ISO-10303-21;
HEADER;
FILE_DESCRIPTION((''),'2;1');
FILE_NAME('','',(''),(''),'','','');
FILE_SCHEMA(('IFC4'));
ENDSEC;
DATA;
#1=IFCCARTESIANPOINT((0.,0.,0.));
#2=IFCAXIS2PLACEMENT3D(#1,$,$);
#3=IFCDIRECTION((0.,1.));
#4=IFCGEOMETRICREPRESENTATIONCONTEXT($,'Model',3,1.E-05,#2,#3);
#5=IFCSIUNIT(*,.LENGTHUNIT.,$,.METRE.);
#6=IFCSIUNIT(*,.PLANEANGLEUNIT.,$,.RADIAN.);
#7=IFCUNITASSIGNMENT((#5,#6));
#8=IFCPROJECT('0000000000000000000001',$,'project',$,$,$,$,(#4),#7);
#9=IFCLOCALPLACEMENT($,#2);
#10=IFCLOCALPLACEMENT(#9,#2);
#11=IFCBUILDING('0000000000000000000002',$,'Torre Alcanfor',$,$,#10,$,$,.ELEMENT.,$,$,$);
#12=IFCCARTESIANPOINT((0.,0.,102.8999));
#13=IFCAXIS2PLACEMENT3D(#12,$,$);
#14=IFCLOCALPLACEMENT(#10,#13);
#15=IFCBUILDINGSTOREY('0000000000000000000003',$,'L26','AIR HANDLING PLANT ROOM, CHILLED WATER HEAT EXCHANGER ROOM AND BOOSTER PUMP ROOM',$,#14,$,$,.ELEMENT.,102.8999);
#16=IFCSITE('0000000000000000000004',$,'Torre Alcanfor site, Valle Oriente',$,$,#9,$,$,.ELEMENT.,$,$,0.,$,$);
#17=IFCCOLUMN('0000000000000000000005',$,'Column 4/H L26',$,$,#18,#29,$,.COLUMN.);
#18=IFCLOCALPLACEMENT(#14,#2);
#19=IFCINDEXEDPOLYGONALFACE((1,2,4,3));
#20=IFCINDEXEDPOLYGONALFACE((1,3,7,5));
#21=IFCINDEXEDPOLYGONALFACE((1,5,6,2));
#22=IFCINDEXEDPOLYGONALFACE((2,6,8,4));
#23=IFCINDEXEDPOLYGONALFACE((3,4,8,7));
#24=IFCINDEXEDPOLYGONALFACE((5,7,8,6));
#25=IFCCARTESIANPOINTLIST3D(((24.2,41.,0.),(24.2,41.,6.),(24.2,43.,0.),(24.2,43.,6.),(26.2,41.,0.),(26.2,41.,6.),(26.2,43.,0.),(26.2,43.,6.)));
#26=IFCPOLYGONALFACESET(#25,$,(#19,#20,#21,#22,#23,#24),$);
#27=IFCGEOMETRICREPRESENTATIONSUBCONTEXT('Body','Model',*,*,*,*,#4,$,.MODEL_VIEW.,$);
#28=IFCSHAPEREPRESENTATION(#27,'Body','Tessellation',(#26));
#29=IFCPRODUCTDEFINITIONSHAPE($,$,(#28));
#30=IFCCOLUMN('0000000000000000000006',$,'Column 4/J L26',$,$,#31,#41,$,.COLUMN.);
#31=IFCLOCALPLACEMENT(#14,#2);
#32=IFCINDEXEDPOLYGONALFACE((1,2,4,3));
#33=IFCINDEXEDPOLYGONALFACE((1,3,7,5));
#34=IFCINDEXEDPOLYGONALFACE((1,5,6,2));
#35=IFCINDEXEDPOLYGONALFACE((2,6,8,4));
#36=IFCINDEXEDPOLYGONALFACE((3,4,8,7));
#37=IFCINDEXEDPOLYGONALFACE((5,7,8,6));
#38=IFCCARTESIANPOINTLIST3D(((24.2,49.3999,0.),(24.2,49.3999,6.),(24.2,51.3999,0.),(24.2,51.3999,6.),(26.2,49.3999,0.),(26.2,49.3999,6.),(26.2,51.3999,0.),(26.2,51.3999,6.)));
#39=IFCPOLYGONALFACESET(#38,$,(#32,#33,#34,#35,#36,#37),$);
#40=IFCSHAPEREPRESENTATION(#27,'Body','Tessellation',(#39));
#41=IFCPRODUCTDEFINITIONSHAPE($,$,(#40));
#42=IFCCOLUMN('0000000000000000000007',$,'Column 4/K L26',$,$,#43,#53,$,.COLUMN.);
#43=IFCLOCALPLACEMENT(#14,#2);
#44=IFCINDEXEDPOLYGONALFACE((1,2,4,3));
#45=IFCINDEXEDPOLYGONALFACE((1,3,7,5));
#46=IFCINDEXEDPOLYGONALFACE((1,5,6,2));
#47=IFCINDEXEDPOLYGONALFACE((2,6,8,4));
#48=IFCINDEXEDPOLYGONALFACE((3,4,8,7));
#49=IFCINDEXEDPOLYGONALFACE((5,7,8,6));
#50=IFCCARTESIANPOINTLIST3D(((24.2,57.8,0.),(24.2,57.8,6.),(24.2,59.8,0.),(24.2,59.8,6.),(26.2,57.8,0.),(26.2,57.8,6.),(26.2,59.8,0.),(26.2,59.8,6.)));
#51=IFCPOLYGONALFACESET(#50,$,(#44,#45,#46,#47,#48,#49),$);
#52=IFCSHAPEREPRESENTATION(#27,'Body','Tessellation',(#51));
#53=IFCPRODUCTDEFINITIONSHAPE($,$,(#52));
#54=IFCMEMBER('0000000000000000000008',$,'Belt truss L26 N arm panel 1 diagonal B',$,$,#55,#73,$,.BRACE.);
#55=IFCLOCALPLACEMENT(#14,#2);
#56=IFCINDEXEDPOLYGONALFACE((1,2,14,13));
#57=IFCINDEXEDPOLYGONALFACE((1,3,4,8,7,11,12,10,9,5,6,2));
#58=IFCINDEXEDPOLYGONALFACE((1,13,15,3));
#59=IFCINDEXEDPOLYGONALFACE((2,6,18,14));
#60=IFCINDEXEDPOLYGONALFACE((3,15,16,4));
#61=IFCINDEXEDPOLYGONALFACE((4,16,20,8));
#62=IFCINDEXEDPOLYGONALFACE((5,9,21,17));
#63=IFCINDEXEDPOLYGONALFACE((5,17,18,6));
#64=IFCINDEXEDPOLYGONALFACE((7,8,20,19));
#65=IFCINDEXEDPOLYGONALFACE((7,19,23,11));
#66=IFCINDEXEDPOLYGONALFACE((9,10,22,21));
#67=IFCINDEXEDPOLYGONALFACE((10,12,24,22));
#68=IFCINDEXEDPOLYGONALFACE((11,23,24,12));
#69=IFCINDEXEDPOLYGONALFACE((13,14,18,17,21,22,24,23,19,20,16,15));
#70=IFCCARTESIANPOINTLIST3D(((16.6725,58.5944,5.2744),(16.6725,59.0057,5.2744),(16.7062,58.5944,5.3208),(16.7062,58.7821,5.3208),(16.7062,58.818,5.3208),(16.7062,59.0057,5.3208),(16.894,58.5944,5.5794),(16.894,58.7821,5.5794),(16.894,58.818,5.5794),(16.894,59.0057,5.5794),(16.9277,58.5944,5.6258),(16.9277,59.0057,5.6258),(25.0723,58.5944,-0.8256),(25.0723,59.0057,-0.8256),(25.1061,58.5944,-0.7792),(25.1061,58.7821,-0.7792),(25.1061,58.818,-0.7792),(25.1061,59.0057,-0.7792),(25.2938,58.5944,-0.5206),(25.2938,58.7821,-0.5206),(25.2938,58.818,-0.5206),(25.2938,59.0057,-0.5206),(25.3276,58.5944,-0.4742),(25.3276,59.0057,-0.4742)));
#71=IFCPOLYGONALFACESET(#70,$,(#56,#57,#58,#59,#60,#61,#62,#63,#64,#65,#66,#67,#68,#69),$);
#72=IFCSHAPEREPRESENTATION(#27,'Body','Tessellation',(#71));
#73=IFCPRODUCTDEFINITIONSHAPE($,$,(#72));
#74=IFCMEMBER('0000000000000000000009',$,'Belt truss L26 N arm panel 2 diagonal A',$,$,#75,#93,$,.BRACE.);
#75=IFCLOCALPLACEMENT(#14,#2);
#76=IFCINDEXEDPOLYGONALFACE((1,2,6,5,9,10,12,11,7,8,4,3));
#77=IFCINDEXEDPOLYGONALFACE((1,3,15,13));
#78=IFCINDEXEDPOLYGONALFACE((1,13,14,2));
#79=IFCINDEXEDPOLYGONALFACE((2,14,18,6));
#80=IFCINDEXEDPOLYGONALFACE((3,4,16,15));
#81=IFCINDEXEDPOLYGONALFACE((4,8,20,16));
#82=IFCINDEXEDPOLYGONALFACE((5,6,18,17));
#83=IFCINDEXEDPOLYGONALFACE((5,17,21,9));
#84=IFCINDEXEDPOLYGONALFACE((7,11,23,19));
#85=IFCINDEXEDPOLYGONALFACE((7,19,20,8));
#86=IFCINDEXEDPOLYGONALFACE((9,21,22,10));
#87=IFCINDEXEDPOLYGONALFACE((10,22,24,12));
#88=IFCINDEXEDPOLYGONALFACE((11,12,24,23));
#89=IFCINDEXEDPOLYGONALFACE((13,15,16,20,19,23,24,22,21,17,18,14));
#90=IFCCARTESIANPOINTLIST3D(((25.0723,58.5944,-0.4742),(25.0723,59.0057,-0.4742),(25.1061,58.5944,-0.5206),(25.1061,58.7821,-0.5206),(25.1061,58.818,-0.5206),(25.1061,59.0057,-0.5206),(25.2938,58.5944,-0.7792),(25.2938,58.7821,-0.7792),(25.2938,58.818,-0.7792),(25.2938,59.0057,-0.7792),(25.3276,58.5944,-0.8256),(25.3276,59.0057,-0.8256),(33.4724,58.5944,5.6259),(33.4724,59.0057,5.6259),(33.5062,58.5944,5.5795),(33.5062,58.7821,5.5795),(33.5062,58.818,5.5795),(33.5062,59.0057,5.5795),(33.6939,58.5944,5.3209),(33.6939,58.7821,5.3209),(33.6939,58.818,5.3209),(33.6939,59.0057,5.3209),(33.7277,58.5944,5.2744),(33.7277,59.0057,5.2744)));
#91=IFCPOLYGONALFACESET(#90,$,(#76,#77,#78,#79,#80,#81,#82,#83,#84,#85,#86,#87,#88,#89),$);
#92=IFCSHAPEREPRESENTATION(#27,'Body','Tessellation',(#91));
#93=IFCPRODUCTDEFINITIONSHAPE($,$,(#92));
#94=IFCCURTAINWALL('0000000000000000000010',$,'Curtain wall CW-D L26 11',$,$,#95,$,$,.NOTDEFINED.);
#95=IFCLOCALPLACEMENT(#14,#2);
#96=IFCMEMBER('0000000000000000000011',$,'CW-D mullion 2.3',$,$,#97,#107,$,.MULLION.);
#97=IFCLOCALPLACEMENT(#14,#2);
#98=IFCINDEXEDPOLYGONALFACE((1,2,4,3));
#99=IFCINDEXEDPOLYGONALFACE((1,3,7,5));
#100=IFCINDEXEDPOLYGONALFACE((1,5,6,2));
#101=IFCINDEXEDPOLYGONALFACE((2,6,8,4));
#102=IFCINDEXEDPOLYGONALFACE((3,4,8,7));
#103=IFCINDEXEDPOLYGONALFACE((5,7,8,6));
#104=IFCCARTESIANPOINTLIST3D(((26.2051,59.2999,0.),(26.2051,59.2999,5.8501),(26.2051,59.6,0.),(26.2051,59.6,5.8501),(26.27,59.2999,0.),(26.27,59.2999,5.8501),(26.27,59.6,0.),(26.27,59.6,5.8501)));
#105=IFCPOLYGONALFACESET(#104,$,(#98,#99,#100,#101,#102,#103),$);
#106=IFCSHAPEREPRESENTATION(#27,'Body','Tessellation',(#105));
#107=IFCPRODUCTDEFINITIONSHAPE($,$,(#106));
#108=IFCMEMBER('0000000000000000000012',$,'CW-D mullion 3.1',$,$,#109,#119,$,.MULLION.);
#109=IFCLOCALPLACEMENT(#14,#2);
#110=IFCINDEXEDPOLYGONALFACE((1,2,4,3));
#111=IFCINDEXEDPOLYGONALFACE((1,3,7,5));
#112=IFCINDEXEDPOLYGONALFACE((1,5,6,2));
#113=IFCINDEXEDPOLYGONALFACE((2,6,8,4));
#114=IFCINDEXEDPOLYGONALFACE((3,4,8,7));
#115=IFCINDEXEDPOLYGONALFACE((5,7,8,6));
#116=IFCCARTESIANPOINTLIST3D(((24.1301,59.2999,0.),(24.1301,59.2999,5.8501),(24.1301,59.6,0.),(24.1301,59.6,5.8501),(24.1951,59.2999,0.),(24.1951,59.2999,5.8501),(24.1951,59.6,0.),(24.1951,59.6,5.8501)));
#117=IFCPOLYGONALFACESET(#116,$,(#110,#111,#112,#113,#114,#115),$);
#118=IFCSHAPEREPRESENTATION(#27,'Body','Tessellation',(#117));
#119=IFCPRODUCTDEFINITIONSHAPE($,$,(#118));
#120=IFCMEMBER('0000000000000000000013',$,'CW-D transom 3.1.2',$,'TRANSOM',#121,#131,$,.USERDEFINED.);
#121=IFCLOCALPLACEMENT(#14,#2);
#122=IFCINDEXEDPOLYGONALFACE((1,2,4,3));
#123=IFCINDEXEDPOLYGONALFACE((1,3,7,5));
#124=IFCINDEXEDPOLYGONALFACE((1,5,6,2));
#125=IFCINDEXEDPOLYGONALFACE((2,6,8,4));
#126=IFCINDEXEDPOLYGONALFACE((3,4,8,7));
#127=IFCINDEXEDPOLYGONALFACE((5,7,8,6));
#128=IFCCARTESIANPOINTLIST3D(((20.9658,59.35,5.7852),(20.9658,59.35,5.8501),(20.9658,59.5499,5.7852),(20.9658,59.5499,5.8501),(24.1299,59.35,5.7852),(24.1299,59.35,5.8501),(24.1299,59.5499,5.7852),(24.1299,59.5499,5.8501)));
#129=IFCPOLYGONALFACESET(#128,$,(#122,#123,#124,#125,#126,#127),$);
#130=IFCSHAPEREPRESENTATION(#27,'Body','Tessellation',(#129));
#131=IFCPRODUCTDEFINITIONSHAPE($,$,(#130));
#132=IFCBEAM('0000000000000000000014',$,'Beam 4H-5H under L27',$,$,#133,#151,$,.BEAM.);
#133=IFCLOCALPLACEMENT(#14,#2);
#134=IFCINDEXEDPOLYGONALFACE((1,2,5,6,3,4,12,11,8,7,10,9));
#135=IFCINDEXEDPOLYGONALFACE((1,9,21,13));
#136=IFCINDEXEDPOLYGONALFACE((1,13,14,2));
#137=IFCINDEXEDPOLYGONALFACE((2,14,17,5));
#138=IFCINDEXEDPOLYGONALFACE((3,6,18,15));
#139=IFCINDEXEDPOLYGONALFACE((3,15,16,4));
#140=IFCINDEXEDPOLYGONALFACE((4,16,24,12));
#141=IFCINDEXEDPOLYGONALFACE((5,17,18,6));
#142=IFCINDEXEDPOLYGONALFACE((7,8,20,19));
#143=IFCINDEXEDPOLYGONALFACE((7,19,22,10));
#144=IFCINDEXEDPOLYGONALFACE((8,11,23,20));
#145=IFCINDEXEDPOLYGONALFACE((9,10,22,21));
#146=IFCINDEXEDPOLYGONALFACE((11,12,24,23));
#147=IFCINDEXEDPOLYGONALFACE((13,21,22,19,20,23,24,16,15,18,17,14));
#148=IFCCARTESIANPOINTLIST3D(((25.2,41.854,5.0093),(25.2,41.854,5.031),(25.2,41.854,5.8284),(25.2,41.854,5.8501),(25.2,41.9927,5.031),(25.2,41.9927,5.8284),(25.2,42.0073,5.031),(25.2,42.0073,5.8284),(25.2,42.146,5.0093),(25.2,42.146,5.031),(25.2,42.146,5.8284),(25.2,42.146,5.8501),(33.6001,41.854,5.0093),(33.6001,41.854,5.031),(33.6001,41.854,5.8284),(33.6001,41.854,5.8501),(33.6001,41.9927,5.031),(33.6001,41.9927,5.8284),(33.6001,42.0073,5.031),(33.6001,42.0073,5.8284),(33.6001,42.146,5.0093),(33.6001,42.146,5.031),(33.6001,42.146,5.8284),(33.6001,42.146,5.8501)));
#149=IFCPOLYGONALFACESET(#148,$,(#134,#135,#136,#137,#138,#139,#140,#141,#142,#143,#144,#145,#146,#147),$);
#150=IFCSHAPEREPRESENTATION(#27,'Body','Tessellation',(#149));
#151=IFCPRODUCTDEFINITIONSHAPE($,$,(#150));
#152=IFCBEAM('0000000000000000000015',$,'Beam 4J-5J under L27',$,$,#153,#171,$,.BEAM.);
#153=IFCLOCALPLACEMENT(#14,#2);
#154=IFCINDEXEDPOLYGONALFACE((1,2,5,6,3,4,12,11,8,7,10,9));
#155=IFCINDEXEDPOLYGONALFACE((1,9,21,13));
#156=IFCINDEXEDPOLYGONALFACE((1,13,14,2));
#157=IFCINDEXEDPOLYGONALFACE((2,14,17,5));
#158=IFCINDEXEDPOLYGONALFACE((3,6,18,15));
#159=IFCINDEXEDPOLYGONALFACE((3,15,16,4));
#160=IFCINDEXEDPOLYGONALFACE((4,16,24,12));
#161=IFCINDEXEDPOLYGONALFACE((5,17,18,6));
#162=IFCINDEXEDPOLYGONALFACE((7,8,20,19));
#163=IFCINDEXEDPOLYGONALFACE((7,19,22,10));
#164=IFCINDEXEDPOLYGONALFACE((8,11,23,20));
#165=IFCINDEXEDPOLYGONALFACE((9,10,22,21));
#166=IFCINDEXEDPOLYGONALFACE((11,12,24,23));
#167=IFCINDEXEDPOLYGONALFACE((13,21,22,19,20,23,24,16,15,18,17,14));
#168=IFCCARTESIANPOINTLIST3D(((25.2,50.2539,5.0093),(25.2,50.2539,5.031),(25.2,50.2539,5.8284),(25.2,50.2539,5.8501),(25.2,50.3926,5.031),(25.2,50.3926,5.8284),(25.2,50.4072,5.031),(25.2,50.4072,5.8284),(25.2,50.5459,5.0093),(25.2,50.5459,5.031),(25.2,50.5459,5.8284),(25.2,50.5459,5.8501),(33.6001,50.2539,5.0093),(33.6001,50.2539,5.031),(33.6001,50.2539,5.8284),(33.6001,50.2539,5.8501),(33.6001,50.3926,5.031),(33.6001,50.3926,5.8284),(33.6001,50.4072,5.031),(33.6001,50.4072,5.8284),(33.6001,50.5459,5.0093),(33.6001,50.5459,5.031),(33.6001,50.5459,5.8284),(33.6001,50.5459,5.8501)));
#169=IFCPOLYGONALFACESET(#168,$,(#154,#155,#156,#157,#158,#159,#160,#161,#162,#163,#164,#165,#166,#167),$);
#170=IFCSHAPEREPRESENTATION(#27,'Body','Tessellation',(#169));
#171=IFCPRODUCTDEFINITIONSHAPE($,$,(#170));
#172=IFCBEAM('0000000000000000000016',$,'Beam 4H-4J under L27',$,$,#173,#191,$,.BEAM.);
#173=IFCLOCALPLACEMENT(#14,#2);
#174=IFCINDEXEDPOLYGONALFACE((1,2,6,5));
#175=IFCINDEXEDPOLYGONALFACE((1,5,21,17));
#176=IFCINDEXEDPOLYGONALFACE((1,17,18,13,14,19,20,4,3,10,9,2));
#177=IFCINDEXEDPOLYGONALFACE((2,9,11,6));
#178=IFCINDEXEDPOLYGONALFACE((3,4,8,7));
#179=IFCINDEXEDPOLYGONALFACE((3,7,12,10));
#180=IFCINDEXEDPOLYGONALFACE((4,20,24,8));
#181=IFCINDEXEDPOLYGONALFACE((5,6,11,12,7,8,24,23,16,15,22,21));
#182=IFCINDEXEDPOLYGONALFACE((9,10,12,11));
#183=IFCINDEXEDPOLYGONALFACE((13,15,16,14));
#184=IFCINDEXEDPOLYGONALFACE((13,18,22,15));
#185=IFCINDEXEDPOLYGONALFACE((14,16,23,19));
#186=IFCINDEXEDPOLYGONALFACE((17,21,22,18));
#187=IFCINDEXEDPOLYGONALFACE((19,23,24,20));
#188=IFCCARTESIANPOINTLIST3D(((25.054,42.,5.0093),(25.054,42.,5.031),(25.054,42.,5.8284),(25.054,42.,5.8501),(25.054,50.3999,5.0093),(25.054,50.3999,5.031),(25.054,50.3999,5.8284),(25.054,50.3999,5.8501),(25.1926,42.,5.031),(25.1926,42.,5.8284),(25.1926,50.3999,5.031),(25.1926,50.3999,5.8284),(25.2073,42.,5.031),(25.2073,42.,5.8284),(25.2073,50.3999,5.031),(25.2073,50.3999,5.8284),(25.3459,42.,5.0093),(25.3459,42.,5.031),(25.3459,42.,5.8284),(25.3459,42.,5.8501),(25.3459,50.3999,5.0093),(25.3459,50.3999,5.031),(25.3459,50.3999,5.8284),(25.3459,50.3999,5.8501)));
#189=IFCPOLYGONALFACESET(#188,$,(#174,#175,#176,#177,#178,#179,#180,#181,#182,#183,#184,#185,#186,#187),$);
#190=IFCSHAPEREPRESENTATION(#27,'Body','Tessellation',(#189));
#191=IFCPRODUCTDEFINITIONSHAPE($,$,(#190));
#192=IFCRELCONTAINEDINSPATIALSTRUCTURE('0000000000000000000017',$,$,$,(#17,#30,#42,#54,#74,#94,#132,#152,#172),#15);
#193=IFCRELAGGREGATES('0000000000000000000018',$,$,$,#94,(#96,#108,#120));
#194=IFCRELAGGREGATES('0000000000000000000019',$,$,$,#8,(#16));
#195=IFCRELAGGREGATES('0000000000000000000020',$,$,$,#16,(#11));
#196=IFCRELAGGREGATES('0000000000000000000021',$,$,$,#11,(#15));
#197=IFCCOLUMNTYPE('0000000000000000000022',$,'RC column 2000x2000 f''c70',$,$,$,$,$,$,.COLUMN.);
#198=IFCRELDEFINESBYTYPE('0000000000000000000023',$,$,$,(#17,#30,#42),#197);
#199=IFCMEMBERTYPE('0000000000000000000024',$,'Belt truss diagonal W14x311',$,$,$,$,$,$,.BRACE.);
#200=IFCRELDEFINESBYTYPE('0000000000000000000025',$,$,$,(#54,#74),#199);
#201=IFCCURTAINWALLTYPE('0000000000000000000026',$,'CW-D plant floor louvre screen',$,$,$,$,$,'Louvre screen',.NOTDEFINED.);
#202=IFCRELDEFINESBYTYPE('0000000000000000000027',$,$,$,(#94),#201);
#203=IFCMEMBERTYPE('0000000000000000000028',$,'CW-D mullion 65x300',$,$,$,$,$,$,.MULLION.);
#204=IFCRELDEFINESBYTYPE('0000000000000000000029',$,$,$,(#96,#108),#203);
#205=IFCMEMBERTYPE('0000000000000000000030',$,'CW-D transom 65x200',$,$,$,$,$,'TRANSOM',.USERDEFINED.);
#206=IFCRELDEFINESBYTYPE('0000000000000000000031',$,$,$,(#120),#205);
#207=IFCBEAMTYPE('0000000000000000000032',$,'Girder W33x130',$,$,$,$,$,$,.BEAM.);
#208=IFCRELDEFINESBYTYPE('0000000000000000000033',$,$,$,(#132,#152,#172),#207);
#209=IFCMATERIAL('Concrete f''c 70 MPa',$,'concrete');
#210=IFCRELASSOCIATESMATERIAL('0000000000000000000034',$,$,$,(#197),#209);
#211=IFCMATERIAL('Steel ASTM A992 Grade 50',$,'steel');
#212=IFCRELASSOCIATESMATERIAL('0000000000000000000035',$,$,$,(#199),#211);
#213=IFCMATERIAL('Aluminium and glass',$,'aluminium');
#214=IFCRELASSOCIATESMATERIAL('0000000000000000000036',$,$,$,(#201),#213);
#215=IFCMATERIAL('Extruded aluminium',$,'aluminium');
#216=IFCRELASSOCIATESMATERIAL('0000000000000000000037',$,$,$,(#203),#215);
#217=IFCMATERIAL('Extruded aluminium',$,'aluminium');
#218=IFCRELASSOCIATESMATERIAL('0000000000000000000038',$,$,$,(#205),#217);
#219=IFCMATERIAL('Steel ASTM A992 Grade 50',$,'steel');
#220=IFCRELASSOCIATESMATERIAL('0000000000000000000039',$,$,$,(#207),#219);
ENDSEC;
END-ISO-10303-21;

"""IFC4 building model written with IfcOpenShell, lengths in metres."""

from ifc_helpers import new_model, si_unit, direction, frame, origin, origin_2d, place, context, subcontext, project, spatial, rectangle, i_section, extrude, material, material_profile, profile_set, type_object, element, aggregate, save


model = new_model("IFC4")

# Units and contexts
model_context = context("Model", 3, precision=1e-05, world=origin(), true_north=direction((0.0, 1.0)))
body_context = subcontext(model_context, "Body", "Model", "MODEL_VIEW")
ifc_project = project(units=[si_unit("LENGTHUNIT", "METRE"), si_unit("PLANEANGLEUNIT", "RADIAN")], contexts=[model_context])

# Site, building, storey
site_placement = place(None, origin())
site = spatial("IfcSite", under=ifc_project, at=site_placement, Name="Torre Alcanfor site, Valle Oriente", CompositionType="ELEMENT", RefElevation=0.0)
building_placement = place(site_placement, origin())
building = spatial("IfcBuilding", under=site, at=building_placement, Name="Torre Alcanfor", CompositionType="ELEMENT")
storey_placement = place(building_placement, frame((0.0, 0.0, 102.8999)))
storey = spatial("IfcBuildingStorey", under=building, at=storey_placement, Name="L26", Description="AIR HANDLING PLANT ROOM, CHILLED WATER HEAT EXCHANGER ROOM AND BOOSTER PUMP ROOM", CompositionType="ELEMENT", Elevation=102.8999)

# Columns
ifc_material_1 = material(Name="Concrete f'c 70 MPa", Category="concrete")
ifc_material_profile_1 = material_profile(ifc_material_1, rectangle(XDim=2.0, YDim=2.0, at=origin_2d()), Name="2000x2000")
ifc_profile_set_1 = profile_set([ifc_material_profile_1], Name="Concrete f'c 70 MPa")
column_type = type_object("IfcColumnType", Name="RC column 2000x2000 f'c70", PredefinedType="COLUMN", material=ifc_profile_set_1)
for number, where, z_axis, x_axis, name in (
    (1, (25.2, 42.0, 0.0), (0.0, 0.0, 1.0), (1.0, 0.0, 0.0), "Column 4/H L26"),
    (2, (25.2, 50.3999, 0.0), (0.0, 0.0, 1.0), (1.0, 0.0, 0.0), "Column 4/J L26"),
    (3, (25.2, 58.8, 0.0), (0.0, 0.0, 1.0), (1.0, 0.0, 0.0), "Column 4/K L26"),
):
    element("IfcColumn", number, at=place(storey_placement, frame(where, z_axis=z_axis, x_axis=x_axis)), inside=storey, type_object=column_type, Name=name, PredefinedType="COLUMN", context=body_context, shape_type="SweptSolid", body=[
        extrude(rectangle(XDim=2.0, YDim=2.0, at=origin_2d()), origin(), (0.0, 0.0, 1.0), 6.0),
    ])

# Members
ifc_material_2 = material(Name="Steel ASTM A992 Grade 50", Category="steel")
ifc_material_profile_2 = material_profile(ifc_material_2, i_section(OverallWidth=0.4114, OverallDepth=0.4343, WebThickness=0.0359, FlangeThickness=0.0574, at=origin_2d()), Name="W14x311")
ifc_profile_set_2 = profile_set([ifc_material_profile_2], Name="Steel ASTM A992 Grade 50")
member_type_1 = type_object("IfcMemberType", Name="Belt truss diagonal W14x311", PredefinedType="BRACE", material=ifc_profile_set_2)
member_1_placement = place(storey_placement, frame((25.2, 58.8, -0.6499), z_axis=(-0.809145, 0.0, 0.587609), x_axis=(0.0, -1.0, 0.0)))
element("IfcMember", 4, at=member_1_placement, inside=storey, type_object=member_type_1, Name="Belt truss L26 N arm panel 1 diagonal B", PredefinedType="BRACE", context=body_context, shape_type="SweptSolid", body=[
    extrude(i_section(OverallWidth=0.4114, OverallDepth=0.4343, WebThickness=0.0359, FlangeThickness=0.0574, at=origin_2d()), origin(), (0.0, 0.0, 1.0), 10.3811),
])
member_2_placement = place(storey_placement, frame((25.2, 58.8, -0.6499), z_axis=(0.809153, 0.0, 0.587598), x_axis=(0.0, 1.0, 0.0)))
element("IfcMember", 5, at=member_2_placement, inside=storey, type_object=member_type_1, Name="Belt truss L26 N arm panel 2 diagonal A", PredefinedType="BRACE", context=body_context, shape_type="SweptSolid", body=[
    extrude(i_section(OverallWidth=0.4114, OverallDepth=0.4343, WebThickness=0.0359, FlangeThickness=0.0574, at=origin_2d()), origin(), (0.0, 0.0, 1.0), 10.3813),
])

# Curtain wall, members
ifc_material_3 = material(Name="Aluminium and glass", Category="aluminium")
curtain_wall_type = type_object("IfcCurtainWallType", Name="CW-D plant floor louvre screen", ElementType="Louvre screen", PredefinedType="NOTDEFINED", material=ifc_material_3)
curtain_wall_placement = place(storey_placement, origin())
curtain_wall = element("IfcCurtainWall", 6, at=curtain_wall_placement, inside=storey, type_object=curtain_wall_type, Name="Curtain wall CW-D L26 11", PredefinedType="NOTDEFINED")
ifc_material_4 = material(Name="Extruded aluminium", Category="aluminium")
ifc_material_profile_3 = material_profile(ifc_material_4, rectangle(XDim=0.3, YDim=0.0649, at=origin_2d()), Name="CW-D mullion 65x300")
ifc_profile_set_3 = profile_set([ifc_material_profile_3], Name="Extruded aluminium")
member_type_2 = type_object("IfcMemberType", Name="CW-D mullion 65x300", PredefinedType="MULLION", material=ifc_profile_set_3)
member_3_placement = place(storey_placement, frame((26.2375, 59.45, 0.0), z_axis=(0.0, 0.0, 1.0), x_axis=(0.0, -1.0, 0.0)))
member_3 = element("IfcMember", 7, at=member_3_placement, type_object=member_type_2, Name="CW-D mullion 2.3", PredefinedType="MULLION", context=body_context, shape_type="SweptSolid", body=[
    extrude(rectangle(XDim=0.3, YDim=0.0649, at=origin_2d()), origin(), (0.0, 0.0, 1.0), 5.8501),
])
member_4_placement = place(storey_placement, frame((24.1626, 59.45, 0.0), z_axis=(0.0, 0.0, 1.0), x_axis=(0.0, -1.0, 0.0)))
member_4 = element("IfcMember", 8, at=member_4_placement, type_object=member_type_2, Name="CW-D mullion 3.1", PredefinedType="MULLION", context=body_context, shape_type="SweptSolid", body=[
    extrude(rectangle(XDim=0.3, YDim=0.0649, at=origin_2d()), origin(), (0.0, 0.0, 1.0), 5.8501),
])
ifc_material_5 = material(Name="Extruded aluminium", Category="aluminium")
ifc_material_profile_4 = material_profile(ifc_material_5, rectangle(XDim=0.2, YDim=0.0649, at=origin_2d()), Name="CW-D transom 200x65")
ifc_profile_set_4 = profile_set([ifc_material_profile_4], Name="Extruded aluminium")
member_type_3 = type_object("IfcMemberType", Name="CW-D transom 65x200", ElementType="TRANSOM", PredefinedType="USERDEFINED", material=ifc_profile_set_4)
member_5_placement = place(storey_placement, frame((24.1299, 59.45, 5.8176), z_axis=(-1.0, 0.0, 0.0), x_axis=(0.0, -1.0, 0.0)))
member_5 = element("IfcMember", 9, at=member_5_placement, type_object=member_type_3, Name="CW-D transom 3.1.2", ObjectType="TRANSOM", PredefinedType="USERDEFINED", context=body_context, shape_type="SweptSolid", body=[
    extrude(rectangle(XDim=0.2, YDim=0.0649, at=origin_2d()), origin(), (0.0, 0.0, 1.0), 3.1641),
])

# Beams
ifc_material_6 = material(Name="Steel ASTM A992 Grade 50", Category="steel")
ifc_material_profile_5 = material_profile(ifc_material_6, i_section(OverallWidth=0.292, OverallDepth=0.8408, WebThickness=0.0146, FlangeThickness=0.0217, at=origin_2d()), Name="W33x130")
ifc_profile_set_5 = profile_set([ifc_material_profile_5], Name="Steel ASTM A992 Grade 50")
beam_type_1 = type_object("IfcBeamType", Name="Girder W33x130", PredefinedType="BEAM", material=ifc_profile_set_5)
for number, where, z_axis, x_axis, name in (
    (10, (25.2, 42.0, 5.4297), (1.0, 0.0, 0.0), (0.0, 1.0, 0.0), "Beam 4H-5H under L27"),
    (11, (25.2, 50.3999, 5.4297), (1.0, 0.0, 0.0), (0.0, 1.0, 0.0), "Beam 4J-5J under L27"),
):
    element("IfcBeam", number, at=place(storey_placement, frame(where, z_axis=z_axis, x_axis=x_axis)), inside=storey, type_object=beam_type_1, Name=name, PredefinedType="BEAM", context=body_context, shape_type="SweptSolid", body=[
        extrude(i_section(OverallWidth=0.292, OverallDepth=0.8408, WebThickness=0.0146, FlangeThickness=0.0217, at=origin_2d()), origin(), (0.0, 0.0, 1.0), 8.4001),
    ])
beam_1_placement = place(storey_placement, frame((25.2, 42.0, 5.4297), z_axis=(0.0, 1.0, 0.0), x_axis=(-1.0, 0.0, 0.0)))
element("IfcBeam", 12, at=beam_1_placement, inside=storey, type_object=beam_type_1, Name="Beam 4H-4J under L27", PredefinedType="BEAM", context=body_context, shape_type="SweptSolid", body=[
    extrude(i_section(OverallWidth=0.292, OverallDepth=0.8408, WebThickness=0.0146, FlangeThickness=0.0217, at=origin_2d()), origin(), (0.0, 0.0, 1.0), 8.3999),
])

aggregate(curtain_wall, [member_3, member_4, member_5])

save(model, "model.ifc")
